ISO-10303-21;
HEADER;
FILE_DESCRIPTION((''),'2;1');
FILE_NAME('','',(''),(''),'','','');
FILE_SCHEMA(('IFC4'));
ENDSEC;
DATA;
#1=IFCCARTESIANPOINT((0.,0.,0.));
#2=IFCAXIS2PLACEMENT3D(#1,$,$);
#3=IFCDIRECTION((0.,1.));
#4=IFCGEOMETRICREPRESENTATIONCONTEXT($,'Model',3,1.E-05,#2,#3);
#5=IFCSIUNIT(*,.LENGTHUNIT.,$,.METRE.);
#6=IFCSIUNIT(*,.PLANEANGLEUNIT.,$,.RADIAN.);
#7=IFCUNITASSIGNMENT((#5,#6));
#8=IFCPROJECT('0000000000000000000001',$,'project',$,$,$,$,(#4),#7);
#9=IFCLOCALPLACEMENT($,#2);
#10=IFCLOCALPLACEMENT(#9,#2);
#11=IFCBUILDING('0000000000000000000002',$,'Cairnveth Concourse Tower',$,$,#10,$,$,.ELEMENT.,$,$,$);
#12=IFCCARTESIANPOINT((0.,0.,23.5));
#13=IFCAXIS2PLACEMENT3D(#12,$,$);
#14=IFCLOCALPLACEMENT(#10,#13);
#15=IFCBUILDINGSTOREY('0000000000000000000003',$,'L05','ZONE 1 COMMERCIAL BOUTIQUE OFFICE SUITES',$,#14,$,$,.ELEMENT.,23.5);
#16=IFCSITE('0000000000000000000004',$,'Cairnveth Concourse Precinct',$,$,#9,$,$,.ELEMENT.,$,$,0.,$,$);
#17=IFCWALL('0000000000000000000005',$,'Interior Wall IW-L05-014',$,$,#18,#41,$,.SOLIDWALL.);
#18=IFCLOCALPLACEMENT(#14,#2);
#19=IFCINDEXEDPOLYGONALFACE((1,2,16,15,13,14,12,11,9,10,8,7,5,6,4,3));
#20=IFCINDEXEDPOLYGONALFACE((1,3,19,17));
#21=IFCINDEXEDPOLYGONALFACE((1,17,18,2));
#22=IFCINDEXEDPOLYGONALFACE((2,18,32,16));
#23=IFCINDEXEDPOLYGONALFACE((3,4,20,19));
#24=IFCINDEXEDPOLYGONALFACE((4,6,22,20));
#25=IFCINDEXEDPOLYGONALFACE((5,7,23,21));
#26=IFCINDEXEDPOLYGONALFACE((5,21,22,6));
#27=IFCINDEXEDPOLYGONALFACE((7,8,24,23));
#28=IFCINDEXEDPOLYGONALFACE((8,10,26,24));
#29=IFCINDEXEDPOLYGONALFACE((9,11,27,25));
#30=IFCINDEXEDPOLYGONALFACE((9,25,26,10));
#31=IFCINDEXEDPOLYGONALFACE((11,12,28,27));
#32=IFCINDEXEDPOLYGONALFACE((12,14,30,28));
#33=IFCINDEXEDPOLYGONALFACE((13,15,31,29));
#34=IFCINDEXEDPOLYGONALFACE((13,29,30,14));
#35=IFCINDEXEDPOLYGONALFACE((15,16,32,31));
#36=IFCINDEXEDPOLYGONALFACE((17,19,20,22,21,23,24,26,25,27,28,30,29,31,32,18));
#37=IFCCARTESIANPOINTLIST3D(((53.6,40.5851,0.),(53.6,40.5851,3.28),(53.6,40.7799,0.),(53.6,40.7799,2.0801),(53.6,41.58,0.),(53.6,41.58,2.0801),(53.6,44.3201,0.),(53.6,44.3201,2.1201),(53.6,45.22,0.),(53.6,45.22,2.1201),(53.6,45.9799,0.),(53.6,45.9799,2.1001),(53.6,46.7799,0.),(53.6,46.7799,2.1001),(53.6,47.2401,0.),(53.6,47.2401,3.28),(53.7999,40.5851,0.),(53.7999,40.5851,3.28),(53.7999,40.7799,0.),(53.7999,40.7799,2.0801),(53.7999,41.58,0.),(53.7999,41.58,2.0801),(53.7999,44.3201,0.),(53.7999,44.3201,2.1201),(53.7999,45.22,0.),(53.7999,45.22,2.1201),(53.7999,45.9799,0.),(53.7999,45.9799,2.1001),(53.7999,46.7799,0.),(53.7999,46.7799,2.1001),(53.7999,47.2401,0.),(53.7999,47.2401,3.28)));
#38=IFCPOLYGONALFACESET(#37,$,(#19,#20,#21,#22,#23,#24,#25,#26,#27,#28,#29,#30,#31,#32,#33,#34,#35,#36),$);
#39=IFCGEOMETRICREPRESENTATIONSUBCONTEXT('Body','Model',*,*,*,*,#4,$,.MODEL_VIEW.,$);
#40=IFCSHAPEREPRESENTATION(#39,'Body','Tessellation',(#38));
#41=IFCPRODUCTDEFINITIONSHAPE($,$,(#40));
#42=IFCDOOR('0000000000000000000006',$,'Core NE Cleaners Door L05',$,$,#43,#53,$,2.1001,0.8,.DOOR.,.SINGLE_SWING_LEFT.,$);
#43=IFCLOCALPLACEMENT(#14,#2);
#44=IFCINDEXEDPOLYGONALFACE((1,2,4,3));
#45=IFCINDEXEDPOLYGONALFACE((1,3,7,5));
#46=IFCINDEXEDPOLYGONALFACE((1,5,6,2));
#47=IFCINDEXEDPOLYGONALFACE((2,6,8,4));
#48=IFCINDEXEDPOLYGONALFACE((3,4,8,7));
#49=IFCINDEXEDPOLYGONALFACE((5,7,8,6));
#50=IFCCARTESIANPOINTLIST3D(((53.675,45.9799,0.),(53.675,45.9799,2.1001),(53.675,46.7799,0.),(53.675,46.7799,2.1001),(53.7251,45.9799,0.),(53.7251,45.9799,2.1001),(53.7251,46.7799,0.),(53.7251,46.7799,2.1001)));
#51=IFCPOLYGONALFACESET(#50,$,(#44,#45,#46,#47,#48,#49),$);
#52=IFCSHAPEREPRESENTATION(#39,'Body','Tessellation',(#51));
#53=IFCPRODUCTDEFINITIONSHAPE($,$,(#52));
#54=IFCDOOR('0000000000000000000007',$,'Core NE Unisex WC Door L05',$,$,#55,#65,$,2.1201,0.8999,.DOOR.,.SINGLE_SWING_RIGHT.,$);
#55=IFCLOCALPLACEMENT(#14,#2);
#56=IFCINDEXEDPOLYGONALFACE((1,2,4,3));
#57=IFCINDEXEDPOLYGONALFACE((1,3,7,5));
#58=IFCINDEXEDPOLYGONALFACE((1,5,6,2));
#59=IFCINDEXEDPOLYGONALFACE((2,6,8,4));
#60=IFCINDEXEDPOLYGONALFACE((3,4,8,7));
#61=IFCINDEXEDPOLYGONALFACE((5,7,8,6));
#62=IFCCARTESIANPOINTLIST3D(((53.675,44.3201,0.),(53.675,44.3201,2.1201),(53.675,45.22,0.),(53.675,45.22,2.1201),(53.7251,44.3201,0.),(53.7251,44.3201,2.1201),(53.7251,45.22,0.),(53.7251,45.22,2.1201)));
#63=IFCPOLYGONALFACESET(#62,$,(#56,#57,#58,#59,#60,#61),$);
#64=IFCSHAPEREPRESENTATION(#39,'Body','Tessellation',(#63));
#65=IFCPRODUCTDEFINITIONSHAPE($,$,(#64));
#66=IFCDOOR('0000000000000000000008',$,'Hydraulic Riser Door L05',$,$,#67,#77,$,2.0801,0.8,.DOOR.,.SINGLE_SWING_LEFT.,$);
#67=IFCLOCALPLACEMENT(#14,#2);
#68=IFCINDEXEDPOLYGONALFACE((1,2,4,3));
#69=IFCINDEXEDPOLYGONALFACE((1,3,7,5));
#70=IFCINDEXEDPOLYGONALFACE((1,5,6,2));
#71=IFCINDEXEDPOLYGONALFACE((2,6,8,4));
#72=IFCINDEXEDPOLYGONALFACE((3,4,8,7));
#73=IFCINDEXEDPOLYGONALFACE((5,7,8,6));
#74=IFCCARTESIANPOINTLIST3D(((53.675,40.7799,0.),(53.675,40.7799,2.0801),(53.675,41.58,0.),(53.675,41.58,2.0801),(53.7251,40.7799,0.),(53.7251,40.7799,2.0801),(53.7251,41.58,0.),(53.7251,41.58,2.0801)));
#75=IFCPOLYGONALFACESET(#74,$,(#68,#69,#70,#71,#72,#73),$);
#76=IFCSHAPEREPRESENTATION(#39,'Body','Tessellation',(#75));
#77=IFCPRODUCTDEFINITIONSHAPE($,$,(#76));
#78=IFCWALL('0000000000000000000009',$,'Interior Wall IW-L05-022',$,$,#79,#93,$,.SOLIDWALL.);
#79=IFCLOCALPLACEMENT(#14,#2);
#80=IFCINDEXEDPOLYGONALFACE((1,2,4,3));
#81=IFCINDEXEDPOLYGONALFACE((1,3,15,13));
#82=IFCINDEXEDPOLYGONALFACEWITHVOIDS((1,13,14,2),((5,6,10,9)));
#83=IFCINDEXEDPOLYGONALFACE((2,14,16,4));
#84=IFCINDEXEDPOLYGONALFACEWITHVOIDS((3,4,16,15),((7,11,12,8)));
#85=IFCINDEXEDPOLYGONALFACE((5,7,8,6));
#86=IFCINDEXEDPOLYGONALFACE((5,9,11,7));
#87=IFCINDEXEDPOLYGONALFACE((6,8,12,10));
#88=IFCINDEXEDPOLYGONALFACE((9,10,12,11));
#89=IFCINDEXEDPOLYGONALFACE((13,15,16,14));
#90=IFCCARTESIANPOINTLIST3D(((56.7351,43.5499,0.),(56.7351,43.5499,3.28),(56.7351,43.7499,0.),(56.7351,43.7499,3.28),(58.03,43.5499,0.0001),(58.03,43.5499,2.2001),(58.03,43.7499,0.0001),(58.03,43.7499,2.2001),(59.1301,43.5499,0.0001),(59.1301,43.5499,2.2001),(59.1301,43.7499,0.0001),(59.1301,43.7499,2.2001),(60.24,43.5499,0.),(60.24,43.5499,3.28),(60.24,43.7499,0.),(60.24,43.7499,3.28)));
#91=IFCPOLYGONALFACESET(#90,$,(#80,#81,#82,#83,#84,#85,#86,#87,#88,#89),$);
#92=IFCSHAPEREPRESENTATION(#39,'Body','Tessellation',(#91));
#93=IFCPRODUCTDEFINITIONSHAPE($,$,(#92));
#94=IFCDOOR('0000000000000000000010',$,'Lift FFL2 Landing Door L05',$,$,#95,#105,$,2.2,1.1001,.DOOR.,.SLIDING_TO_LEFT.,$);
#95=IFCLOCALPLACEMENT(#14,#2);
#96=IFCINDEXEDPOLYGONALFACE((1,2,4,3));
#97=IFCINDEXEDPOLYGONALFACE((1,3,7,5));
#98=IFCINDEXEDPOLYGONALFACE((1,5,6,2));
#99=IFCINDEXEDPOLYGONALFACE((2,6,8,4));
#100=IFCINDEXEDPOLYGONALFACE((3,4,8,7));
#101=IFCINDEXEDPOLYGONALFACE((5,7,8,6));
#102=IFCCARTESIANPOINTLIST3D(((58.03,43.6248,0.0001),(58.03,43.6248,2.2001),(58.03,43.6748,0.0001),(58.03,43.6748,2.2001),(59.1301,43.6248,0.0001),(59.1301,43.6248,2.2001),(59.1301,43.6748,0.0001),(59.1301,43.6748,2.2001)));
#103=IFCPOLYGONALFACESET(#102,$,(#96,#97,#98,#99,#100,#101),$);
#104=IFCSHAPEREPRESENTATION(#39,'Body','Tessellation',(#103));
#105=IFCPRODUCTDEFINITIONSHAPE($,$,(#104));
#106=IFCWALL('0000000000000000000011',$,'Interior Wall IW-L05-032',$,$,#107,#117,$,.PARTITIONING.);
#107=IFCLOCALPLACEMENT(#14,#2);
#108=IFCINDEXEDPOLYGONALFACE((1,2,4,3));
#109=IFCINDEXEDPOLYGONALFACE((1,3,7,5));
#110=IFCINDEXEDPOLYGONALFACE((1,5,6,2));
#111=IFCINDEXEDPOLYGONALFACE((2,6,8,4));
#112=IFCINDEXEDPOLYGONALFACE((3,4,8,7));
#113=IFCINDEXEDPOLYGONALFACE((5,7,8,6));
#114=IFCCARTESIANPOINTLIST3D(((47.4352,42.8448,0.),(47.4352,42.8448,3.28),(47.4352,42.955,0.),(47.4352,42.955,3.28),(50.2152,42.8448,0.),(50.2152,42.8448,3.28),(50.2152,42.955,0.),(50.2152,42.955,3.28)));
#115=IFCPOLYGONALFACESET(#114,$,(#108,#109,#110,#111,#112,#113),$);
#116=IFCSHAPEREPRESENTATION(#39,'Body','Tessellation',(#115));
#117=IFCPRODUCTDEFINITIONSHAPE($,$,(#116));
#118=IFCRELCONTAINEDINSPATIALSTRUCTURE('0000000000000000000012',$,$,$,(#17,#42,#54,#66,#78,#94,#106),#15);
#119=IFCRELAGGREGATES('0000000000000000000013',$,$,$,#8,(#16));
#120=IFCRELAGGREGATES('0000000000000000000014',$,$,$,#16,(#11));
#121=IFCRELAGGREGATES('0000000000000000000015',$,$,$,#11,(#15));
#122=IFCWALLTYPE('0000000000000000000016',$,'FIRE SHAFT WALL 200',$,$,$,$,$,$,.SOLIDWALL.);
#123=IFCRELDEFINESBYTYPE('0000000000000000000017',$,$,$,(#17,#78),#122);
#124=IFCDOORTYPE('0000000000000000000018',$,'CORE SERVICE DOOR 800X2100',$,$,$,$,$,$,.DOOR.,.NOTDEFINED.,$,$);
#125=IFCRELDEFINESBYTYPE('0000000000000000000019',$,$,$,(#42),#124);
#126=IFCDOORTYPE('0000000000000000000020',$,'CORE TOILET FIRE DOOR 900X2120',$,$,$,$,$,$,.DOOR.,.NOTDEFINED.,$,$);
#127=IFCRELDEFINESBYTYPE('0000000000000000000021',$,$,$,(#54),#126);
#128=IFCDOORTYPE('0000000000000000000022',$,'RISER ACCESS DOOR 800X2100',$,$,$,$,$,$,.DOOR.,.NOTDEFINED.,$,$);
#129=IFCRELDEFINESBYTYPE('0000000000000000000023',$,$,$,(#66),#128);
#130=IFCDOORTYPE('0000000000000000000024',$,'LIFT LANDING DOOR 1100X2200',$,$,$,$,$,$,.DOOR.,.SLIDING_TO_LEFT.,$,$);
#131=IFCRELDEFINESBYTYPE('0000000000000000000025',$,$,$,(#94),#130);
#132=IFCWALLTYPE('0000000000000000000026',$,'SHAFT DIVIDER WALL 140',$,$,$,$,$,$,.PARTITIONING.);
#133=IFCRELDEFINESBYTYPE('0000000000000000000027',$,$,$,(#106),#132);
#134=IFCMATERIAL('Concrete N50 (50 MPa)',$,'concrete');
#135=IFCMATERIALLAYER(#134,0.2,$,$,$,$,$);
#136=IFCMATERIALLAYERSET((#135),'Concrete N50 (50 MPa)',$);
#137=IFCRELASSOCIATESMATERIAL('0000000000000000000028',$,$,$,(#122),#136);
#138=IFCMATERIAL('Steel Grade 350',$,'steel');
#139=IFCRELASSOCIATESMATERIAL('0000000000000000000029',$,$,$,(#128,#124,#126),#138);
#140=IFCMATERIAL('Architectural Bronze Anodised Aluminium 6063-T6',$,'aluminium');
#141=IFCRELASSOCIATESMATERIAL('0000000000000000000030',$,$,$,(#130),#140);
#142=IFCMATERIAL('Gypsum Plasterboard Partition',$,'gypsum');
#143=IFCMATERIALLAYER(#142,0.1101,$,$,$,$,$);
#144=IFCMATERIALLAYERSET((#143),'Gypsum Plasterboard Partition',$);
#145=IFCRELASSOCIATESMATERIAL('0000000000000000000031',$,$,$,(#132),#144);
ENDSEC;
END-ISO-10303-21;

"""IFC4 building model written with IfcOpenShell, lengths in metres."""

from ifc_helpers import new_model, si_unit, direction, frame, frame_2d, origin, place, context, subcontext, project, spatial, rectangle, extrude, material, layer, layer_set, type_object, element, fill, save


model = new_model("IFC4")

# Units and contexts
model_context = context("Model", 3, precision=1e-05, world=origin(), true_north=direction((0.0, 1.0)))
body_context = subcontext(model_context, "Body", "Model", "MODEL_VIEW")
ifc_project = project(units=[si_unit("LENGTHUNIT", "METRE"), si_unit("PLANEANGLEUNIT", "RADIAN")], contexts=[model_context])

# Site, building, storey
site_placement = place(None, origin())
site = spatial("IfcSite", under=ifc_project, at=site_placement, Name="Cairnveth Concourse Precinct", CompositionType="ELEMENT", RefElevation=0.0)
building_placement = place(site_placement, origin())
building = spatial("IfcBuilding", under=site, at=building_placement, Name="Cairnveth Concourse Tower", CompositionType="ELEMENT")
storey_placement = place(building_placement, frame((0.0, 0.0, 23.5)))
storey = spatial("IfcBuildingStorey", under=building, at=storey_placement, Name="L05", Description="ZONE 1 COMMERCIAL BOUTIQUE OFFICE SUITES", CompositionType="ELEMENT", Elevation=23.5)

# Shared definitions
ifc_material_1 = material(Name="Concrete N50 (50 MPa)", Category="concrete")
ifc_layer_1 = layer(ifc_material_1, 0.2)
ifc_layer_set_1 = layer_set([ifc_layer_1], Name="Concrete N50 (50 MPa)")
wall_type_1 = type_object("IfcWallType", Name="FIRE SHAFT WALL 200", PredefinedType="SOLIDWALL", material=ifc_layer_set_1)

# Shared definitions
ifc_material_2 = material(Name="Steel Grade 350", Category="steel")
door_type_1 = type_object("IfcDoorType", Name="RISER ACCESS DOOR 800X2100", OperationType="NOTDEFINED", PredefinedType="DOOR", material=ifc_material_2)

# Wall, openings, doors
wall_1_placement = place(storey_placement, frame((53.7, 40.585, 0.0), z_axis=(0.0, 0.0, 1.0), x_axis=(0.0, 1.0, 0.0)))
wall_1 = element("IfcWall", 1, at=wall_1_placement, inside=storey, type_object=wall_type_1, Name="Interior Wall IW-L05-014", PredefinedType="SOLIDWALL", context=body_context, shape_type="SweptSolid", body=[
    extrude(rectangle(XDim=6.655, YDim=0.2, at=frame_2d((3.3276, 0.0))), origin(), (0.0, 0.0, 1.0), 3.28),
])
opening_1_placement = place(wall_1_placement, frame((0.1951, 0.0, 0.0)))
opening_1 = element("IfcOpeningElement", 2, at=opening_1_placement, cuts=wall_1, PredefinedType="OPENING", context=body_context, shape_type="SweptSolid", body=[
    extrude(rectangle(XDim=0.8, YDim=2.0801, at=frame_2d((0.3999, 1.04))), frame((0.0, 0.1099, 0.0), z_axis=(0.0, -1.0, 0.0), x_axis=(1.0, 0.0, 0.0)), (0.0, 0.0, 1.0), 0.22),
])
opening_2_placement = place(wall_1_placement, frame((3.7351, 0.0, 0.0)))
opening_2 = element("IfcOpeningElement", 3, at=opening_2_placement, cuts=wall_1, PredefinedType="OPENING", context=body_context, shape_type="SweptSolid", body=[
    extrude(rectangle(XDim=0.8999, YDim=2.1201, at=frame_2d((0.45, 1.0601))), frame((0.0, 0.1099, 0.0), z_axis=(0.0, -1.0, 0.0), x_axis=(1.0, 0.0, 0.0)), (0.0, 0.0, 1.0), 0.22),
])
opening_3_placement = place(wall_1_placement, frame((5.395, 0.0, 0.0)))
opening_3 = element("IfcOpeningElement", 4, at=opening_3_placement, cuts=wall_1, PredefinedType="OPENING", context=body_context, shape_type="SweptSolid", body=[
    extrude(rectangle(XDim=0.8, YDim=2.1001, at=frame_2d((0.3999, 1.05))), frame((0.0, 0.1099, 0.0), z_axis=(0.0, -1.0, 0.0), x_axis=(1.0, 0.0, 0.0)), (0.0, 0.0, 1.0), 0.22),
])
door_type_2 = type_object("IfcDoorType", Name="CORE SERVICE DOOR 800X2100", OperationType="NOTDEFINED", PredefinedType="DOOR", material=ifc_material_2)
door_1_placement = place(opening_3_placement, origin())
door_1 = element("IfcDoor", 5, at=door_1_placement, inside=storey, type_object=door_type_2, Name="Core NE Cleaners Door L05", OperationType="SINGLE_SWING_LEFT", OverallHeight=2.1001, OverallWidth=0.8, PredefinedType="DOOR", context=body_context, shape_type="SweptSolid", body=[
    extrude(rectangle(XDim=0.8, YDim=2.1001, at=frame_2d((0.3999, 1.05))), frame((0.0, 0.0249, 0.0), z_axis=(0.0, -1.0, 0.0), x_axis=(1.0, 0.0, 0.0)), (0.0, 0.0, 1.0), 0.05),
])
fill(opening_3, door_1)
door_type_3 = type_object("IfcDoorType", Name="CORE TOILET FIRE DOOR 900X2120", OperationType="NOTDEFINED", PredefinedType="DOOR", material=ifc_material_2)
door_2_placement = place(opening_2_placement, origin())
door_2 = element("IfcDoor", 6, at=door_2_placement, inside=storey, type_object=door_type_3, Name="Core NE Unisex WC Door L05", OperationType="SINGLE_SWING_RIGHT", OverallHeight=2.1201, OverallWidth=0.8999, PredefinedType="DOOR", context=body_context, shape_type="SweptSolid", body=[
    extrude(rectangle(XDim=0.8999, YDim=2.1201, at=frame_2d((0.45, 1.0601))), frame((0.0, 0.0249, 0.0), z_axis=(0.0, -1.0, 0.0), x_axis=(1.0, 0.0, 0.0)), (0.0, 0.0, 1.0), 0.05),
])
fill(opening_2, door_2)
door_3_placement = place(opening_1_placement, origin())
door_3 = element("IfcDoor", 7, at=door_3_placement, inside=storey, type_object=door_type_1, Name="Hydraulic Riser Door L05", OperationType="SINGLE_SWING_LEFT", OverallHeight=2.0801, OverallWidth=0.8, PredefinedType="DOOR", context=body_context, shape_type="SweptSolid", body=[
    extrude(rectangle(XDim=0.8, YDim=2.0801, at=frame_2d((0.3999, 1.04))), frame((0.0, 0.0249, 0.0), z_axis=(0.0, -1.0, 0.0), x_axis=(1.0, 0.0, 0.0)), (0.0, 0.0, 1.0), 0.05),
])
fill(opening_1, door_3)

# Wall, opening, door
wall_2_placement = place(storey_placement, frame((56.7351, 43.6499, 0.0), z_axis=(0.0, 0.0, 1.0), x_axis=(1.0, 0.0, 0.0)))
wall_2 = element("IfcWall", 8, at=wall_2_placement, inside=storey, type_object=wall_type_1, Name="Interior Wall IW-L05-022", PredefinedType="SOLIDWALL", context=body_context, shape_type="SweptSolid", body=[
    extrude(rectangle(XDim=3.5049, YDim=0.2, at=frame_2d((1.7524, 0.0))), origin(), (0.0, 0.0, 1.0), 3.28),
])
opening_4_placement = place(wall_2_placement, frame((1.2949, 0.0, 0.0)))
opening_4 = element("IfcOpeningElement", 9, at=opening_4_placement, cuts=wall_2, PredefinedType="OPENING", context=body_context, shape_type="SweptSolid", body=[
    extrude(rectangle(XDim=1.1001, YDim=2.2, at=frame_2d((0.55, 1.1001))), frame((0.0, 0.1099, 0.0), z_axis=(0.0, -1.0, 0.0), x_axis=(1.0, 0.0, 0.0)), (0.0, 0.0, 1.0), 0.22),
])
ifc_material_3 = material(Name="Architectural Bronze Anodised Aluminium 6063-T6", Category="aluminium")
door_type_4 = type_object("IfcDoorType", Name="LIFT LANDING DOOR 1100X2200", OperationType="SLIDING_TO_LEFT", PredefinedType="DOOR", material=ifc_material_3)
door_4_placement = place(opening_4_placement, origin())
door_4 = element("IfcDoor", 10, at=door_4_placement, inside=storey, type_object=door_type_4, Name="Lift FFL2 Landing Door L05", OperationType="SLIDING_TO_LEFT", OverallHeight=2.2, OverallWidth=1.1001, PredefinedType="DOOR", context=body_context, shape_type="SweptSolid", body=[
    extrude(rectangle(XDim=1.1001, YDim=2.2, at=frame_2d((0.55, 1.1001))), frame((0.0, 0.0249, 0.0), z_axis=(0.0, -1.0, 0.0), x_axis=(1.0, 0.0, 0.0)), (0.0, 0.0, 1.0), 0.05),
])
fill(opening_4, door_4)

# Wall
ifc_material_4 = material(Name="Gypsum Plasterboard Partition", Category="gypsum")
ifc_layer_2 = layer(ifc_material_4, 0.1101)
ifc_layer_set_2 = layer_set([ifc_layer_2], Name="Gypsum Plasterboard Partition")
wall_type_2 = type_object("IfcWallType", Name="SHAFT DIVIDER WALL 140", PredefinedType="PARTITIONING", material=ifc_layer_set_2)
wall_3_placement = place(storey_placement, frame((47.4351, 42.8999, 0.0), z_axis=(0.0, 0.0, 1.0), x_axis=(1.0, 0.0, 0.0)))
element("IfcWall", 11, at=wall_3_placement, inside=storey, type_object=wall_type_2, Name="Interior Wall IW-L05-032", PredefinedType="PARTITIONING", context=body_context, shape_type="SweptSolid", body=[
    extrude(rectangle(XDim=2.78, YDim=0.1101, at=frame_2d((1.3901, 0.0))), origin(), (0.0, 0.0, 1.0), 3.28),
])

save(model, "model.ifc")
